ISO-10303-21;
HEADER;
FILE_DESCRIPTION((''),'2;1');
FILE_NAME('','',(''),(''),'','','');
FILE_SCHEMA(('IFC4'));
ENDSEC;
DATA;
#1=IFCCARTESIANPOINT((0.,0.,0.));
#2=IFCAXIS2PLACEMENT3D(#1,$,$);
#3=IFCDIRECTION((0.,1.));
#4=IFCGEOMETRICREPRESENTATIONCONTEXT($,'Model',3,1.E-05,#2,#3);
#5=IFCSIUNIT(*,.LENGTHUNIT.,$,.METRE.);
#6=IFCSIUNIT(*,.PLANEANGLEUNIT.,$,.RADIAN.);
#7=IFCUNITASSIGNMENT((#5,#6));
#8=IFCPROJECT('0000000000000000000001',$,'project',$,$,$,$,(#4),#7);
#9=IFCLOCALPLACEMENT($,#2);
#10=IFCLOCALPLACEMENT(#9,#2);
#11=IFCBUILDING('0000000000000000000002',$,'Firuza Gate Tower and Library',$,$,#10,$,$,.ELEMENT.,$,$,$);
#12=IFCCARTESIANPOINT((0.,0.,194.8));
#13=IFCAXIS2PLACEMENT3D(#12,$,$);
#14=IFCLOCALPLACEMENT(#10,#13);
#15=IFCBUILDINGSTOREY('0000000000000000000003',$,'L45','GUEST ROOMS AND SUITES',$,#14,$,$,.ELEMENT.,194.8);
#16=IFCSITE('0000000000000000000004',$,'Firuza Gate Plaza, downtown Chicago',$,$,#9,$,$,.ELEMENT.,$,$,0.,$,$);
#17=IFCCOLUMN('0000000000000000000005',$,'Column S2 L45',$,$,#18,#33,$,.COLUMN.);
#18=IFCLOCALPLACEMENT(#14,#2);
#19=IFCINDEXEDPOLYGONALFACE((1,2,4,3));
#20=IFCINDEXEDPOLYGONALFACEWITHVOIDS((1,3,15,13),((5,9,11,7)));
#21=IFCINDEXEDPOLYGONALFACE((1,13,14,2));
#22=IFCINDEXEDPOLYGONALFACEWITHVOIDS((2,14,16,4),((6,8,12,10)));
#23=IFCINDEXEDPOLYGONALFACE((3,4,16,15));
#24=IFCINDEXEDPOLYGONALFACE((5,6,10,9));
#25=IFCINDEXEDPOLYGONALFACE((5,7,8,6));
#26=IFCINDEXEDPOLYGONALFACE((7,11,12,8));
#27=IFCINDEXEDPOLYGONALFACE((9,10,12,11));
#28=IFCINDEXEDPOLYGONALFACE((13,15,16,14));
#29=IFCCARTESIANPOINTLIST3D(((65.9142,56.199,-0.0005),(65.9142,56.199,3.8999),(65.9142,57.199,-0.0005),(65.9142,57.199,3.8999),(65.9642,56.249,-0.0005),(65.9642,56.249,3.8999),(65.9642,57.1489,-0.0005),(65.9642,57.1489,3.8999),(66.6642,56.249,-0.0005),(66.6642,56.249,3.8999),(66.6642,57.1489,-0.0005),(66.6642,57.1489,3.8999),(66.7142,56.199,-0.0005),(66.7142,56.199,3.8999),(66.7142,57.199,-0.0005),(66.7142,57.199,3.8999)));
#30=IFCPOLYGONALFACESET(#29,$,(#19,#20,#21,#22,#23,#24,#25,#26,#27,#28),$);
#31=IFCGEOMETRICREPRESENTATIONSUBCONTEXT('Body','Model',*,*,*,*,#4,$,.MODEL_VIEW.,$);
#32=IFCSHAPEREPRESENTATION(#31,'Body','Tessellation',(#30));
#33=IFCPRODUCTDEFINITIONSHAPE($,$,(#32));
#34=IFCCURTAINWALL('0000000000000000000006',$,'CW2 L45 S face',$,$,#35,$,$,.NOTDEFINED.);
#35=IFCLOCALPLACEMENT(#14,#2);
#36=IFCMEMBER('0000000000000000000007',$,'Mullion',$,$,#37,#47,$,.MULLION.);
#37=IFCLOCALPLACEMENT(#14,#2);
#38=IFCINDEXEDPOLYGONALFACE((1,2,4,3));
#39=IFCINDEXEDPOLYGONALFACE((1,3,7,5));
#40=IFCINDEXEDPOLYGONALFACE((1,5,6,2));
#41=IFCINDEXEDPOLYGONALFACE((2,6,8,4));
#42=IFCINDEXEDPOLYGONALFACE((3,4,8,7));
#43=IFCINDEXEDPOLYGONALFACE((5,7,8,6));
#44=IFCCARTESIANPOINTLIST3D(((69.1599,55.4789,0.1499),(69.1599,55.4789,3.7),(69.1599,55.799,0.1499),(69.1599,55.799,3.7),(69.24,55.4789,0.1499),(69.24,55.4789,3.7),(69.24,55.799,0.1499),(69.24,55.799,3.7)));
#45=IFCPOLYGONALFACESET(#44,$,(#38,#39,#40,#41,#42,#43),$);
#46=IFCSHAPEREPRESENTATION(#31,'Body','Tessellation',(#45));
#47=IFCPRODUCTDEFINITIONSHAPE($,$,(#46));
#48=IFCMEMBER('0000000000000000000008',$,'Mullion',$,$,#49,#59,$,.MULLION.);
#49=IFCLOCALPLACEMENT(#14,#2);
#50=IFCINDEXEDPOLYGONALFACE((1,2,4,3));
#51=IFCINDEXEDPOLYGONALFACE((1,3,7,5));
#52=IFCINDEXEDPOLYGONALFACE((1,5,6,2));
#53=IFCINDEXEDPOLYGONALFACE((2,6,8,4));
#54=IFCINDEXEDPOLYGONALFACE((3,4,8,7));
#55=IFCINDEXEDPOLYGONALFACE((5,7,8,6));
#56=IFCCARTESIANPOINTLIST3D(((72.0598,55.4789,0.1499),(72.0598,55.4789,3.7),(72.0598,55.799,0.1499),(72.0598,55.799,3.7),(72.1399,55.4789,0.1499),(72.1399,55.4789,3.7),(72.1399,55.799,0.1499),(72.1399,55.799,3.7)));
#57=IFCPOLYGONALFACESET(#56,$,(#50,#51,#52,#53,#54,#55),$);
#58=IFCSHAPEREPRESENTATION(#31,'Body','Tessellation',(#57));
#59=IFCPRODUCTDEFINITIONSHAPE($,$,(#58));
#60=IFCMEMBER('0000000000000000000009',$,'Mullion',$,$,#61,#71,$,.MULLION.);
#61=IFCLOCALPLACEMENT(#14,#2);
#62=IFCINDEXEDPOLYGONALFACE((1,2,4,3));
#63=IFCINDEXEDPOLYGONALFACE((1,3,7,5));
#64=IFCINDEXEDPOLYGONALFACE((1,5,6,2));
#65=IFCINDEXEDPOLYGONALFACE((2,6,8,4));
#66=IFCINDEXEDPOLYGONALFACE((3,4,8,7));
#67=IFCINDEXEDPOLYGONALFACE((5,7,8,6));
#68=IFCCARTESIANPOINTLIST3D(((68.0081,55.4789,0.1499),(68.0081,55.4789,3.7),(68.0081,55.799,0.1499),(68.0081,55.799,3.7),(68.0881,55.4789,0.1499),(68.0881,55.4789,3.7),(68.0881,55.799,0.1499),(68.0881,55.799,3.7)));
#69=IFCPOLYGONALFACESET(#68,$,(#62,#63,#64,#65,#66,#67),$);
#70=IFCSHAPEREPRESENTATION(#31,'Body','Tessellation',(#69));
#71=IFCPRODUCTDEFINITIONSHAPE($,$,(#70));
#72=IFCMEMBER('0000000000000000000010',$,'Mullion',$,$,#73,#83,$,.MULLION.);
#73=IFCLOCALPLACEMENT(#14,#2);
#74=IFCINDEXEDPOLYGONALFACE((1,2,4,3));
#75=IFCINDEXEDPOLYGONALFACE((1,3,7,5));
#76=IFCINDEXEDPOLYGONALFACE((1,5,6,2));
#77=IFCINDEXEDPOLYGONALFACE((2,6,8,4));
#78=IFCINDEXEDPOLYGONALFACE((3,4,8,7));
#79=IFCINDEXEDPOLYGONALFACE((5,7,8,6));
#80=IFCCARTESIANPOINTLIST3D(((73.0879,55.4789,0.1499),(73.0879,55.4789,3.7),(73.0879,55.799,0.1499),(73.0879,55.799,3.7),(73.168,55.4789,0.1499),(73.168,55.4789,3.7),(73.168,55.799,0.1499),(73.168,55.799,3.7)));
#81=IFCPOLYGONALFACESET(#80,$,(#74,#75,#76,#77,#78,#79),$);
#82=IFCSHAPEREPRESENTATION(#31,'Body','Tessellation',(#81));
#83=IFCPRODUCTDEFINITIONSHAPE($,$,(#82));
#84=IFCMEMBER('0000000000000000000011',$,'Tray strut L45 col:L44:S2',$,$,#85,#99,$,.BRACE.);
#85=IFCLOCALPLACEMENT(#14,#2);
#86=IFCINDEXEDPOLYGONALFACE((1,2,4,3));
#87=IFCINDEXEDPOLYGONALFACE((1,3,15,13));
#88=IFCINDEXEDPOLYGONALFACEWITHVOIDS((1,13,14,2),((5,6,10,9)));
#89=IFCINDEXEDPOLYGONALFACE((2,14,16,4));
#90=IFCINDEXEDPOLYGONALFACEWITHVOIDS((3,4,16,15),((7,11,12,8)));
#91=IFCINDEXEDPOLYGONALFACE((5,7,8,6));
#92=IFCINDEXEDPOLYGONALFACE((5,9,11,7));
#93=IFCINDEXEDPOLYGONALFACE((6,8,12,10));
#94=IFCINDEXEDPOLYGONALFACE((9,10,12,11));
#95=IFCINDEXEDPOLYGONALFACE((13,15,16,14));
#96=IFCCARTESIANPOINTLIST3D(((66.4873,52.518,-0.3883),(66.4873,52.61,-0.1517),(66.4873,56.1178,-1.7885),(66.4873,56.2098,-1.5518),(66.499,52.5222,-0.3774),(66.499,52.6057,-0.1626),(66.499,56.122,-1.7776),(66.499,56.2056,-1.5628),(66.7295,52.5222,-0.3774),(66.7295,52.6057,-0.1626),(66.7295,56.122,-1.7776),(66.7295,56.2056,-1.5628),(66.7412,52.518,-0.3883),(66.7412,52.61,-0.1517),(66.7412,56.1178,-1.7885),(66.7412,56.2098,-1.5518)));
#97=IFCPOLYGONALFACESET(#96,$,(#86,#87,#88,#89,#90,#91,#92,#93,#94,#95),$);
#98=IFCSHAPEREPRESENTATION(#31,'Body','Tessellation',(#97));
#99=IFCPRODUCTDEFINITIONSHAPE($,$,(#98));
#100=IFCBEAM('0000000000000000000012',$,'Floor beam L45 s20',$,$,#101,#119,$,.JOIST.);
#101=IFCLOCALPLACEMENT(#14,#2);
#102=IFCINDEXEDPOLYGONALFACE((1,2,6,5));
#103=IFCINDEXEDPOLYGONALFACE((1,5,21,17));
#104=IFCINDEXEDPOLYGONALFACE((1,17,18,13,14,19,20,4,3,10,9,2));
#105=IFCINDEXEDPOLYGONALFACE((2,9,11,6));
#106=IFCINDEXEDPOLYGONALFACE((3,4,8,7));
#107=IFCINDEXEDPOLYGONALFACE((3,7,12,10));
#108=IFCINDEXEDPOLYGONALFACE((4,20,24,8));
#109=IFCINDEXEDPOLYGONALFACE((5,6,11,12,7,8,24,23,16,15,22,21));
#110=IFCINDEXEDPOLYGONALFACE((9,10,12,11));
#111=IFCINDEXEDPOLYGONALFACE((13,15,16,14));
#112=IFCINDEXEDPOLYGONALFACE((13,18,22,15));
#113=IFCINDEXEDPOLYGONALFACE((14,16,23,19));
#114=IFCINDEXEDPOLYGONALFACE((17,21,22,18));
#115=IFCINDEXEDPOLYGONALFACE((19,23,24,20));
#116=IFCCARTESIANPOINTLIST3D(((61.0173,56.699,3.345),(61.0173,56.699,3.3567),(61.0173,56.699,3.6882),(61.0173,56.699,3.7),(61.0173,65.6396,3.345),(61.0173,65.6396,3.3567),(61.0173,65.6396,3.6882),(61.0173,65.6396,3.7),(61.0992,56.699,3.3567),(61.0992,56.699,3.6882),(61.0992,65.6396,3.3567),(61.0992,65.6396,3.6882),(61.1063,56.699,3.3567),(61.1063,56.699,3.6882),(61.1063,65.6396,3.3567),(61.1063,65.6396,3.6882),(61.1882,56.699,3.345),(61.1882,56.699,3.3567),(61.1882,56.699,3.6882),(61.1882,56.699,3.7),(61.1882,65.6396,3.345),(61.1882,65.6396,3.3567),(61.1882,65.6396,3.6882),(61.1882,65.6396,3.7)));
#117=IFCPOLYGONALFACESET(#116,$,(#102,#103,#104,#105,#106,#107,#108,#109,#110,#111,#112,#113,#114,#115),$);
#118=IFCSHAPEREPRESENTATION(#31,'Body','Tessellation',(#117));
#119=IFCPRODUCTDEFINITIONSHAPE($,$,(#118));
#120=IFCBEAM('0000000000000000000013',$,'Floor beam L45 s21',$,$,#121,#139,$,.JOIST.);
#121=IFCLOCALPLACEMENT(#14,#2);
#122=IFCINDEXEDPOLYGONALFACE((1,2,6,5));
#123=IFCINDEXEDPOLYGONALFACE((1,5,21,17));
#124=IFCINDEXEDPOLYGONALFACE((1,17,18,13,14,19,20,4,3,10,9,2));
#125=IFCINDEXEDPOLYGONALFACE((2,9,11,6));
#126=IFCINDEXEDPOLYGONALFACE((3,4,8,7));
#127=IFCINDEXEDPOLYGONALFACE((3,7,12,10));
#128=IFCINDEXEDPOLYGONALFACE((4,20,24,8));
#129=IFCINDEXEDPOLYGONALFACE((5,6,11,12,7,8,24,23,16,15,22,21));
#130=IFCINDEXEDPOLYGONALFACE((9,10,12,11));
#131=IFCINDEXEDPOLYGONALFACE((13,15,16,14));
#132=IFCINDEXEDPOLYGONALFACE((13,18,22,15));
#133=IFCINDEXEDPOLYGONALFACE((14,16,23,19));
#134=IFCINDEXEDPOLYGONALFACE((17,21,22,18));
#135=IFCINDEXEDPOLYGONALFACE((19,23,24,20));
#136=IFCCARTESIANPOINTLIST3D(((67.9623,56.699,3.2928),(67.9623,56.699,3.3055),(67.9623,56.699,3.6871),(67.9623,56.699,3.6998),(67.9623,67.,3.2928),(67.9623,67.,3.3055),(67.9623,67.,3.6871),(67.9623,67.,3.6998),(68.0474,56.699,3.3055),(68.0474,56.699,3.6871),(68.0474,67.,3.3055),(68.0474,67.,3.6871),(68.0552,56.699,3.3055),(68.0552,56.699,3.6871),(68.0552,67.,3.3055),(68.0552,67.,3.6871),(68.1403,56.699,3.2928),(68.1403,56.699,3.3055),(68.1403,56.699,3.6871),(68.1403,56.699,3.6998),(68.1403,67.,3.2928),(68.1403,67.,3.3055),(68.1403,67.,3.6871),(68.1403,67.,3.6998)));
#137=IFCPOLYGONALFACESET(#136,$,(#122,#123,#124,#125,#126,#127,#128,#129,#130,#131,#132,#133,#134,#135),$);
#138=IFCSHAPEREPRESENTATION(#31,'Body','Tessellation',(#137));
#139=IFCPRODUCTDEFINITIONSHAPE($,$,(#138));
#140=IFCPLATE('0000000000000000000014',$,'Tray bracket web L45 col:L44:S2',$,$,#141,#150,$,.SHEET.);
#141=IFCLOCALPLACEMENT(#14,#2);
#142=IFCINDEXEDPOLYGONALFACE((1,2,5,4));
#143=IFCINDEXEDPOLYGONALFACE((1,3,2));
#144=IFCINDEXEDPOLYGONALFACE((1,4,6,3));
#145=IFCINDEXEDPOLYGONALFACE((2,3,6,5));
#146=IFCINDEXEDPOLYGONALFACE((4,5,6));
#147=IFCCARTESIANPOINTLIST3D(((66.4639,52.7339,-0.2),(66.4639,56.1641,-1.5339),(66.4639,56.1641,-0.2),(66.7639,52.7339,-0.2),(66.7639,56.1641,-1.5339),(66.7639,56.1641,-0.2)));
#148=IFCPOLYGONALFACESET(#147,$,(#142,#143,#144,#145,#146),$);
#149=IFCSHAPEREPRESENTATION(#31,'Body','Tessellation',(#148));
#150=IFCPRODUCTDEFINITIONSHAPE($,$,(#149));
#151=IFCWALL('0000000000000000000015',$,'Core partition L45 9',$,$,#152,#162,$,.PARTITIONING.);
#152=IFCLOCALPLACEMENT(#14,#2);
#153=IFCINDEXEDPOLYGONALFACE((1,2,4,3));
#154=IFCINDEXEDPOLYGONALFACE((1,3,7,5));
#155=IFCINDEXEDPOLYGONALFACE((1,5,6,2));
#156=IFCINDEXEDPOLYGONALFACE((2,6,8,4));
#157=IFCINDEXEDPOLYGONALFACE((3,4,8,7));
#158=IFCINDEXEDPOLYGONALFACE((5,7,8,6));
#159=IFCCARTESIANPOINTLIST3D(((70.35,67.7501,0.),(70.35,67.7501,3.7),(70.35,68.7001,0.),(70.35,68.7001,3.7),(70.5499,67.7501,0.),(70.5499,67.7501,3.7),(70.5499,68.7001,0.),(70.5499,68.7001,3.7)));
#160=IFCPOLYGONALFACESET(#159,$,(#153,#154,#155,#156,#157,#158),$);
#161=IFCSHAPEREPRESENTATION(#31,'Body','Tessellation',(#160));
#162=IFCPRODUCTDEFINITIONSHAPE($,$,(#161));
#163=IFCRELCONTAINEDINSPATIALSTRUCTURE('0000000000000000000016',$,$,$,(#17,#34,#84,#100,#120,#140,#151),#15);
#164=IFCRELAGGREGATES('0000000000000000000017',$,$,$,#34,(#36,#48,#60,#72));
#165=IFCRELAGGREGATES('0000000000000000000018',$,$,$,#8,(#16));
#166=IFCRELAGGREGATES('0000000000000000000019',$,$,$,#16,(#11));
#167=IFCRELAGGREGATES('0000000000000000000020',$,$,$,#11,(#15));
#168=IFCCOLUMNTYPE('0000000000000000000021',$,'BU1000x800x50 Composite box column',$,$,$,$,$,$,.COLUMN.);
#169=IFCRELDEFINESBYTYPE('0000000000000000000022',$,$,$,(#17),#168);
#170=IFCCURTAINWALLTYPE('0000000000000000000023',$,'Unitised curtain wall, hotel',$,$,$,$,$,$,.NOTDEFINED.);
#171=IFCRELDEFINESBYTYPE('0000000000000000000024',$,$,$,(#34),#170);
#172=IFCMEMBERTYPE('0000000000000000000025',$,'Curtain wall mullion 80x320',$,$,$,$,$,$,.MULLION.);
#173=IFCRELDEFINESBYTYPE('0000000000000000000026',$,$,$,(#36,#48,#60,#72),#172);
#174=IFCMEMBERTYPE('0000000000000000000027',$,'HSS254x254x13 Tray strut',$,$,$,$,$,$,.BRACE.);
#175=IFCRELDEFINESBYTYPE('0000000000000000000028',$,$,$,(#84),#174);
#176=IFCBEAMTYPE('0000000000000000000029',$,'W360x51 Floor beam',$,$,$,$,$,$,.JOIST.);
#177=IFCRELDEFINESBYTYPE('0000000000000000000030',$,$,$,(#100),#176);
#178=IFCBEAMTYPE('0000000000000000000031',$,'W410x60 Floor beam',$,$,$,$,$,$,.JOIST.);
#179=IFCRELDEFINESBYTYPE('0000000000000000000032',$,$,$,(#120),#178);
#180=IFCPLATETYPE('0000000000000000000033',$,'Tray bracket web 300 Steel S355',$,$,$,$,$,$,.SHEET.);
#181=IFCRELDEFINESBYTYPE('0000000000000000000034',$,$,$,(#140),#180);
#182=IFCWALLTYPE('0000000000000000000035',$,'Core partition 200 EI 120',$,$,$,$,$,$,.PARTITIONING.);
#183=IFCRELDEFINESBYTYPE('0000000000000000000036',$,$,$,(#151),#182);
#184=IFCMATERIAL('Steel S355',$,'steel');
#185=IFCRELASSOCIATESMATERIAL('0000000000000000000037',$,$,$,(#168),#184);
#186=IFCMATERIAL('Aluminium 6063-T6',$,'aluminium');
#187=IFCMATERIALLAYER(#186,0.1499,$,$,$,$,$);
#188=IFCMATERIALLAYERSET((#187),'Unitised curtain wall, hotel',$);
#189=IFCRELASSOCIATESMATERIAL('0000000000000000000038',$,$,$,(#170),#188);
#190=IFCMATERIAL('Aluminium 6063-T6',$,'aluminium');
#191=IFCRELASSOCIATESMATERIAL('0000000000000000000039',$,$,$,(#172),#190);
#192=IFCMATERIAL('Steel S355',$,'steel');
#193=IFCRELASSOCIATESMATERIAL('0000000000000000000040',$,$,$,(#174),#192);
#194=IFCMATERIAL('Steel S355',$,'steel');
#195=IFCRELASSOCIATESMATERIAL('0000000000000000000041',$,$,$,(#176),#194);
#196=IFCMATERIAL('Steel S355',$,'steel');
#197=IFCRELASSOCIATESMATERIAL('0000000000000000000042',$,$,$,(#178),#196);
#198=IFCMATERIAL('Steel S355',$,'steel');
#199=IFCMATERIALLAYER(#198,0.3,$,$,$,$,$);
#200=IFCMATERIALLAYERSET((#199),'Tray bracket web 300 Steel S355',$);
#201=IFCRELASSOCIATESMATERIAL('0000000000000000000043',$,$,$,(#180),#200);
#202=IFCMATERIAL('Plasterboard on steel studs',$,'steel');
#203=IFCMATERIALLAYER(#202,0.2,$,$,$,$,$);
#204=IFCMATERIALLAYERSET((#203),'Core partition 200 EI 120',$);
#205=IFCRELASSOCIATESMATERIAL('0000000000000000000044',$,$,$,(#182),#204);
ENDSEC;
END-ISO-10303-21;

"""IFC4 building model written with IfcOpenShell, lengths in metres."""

from ifc_helpers import new_model, si_unit, direction, frame, frame_2d, origin, origin_2d, place, context, subcontext, project, spatial, polyline, rectangle, hollow_rectangle, i_section, outline, extrude, material, layer, layer_set, material_profile, profile_set, type_object, element, aggregate, save


model = new_model("IFC4")

# Units and contexts
model_context = context("Model", 3, precision=1e-05, world=origin(), true_north=direction((0.0, 1.0)))
body_context = subcontext(model_context, "Body", "Model", "MODEL_VIEW")
ifc_project = project(units=[si_unit("LENGTHUNIT", "METRE"), si_unit("PLANEANGLEUNIT", "RADIAN")], contexts=[model_context])

# Site, building, storey
site_placement = place(None, origin())
site = spatial("IfcSite", under=ifc_project, at=site_placement, Name="Firuza Gate Plaza, downtown Chicago", CompositionType="ELEMENT", RefElevation=0.0)
building_placement = place(site_placement, origin())
building = spatial("IfcBuilding", under=site, at=building_placement, Name="Firuza Gate Tower and Library", CompositionType="ELEMENT")
storey_placement = place(building_placement, frame((0.0, 0.0, 194.8)))
storey = spatial("IfcBuildingStorey", under=building, at=storey_placement, Name="L45", Description="GUEST ROOMS AND SUITES", CompositionType="ELEMENT", Elevation=194.8)

# Column
ifc_material_1 = material(Name="Steel S355", Category="steel")
ifc_material_profile_1 = material_profile(ifc_material_1, hollow_rectangle(XDim=0.8, YDim=1.0, WallThickness=0.05, at=origin_2d()))
ifc_profile_set_1 = profile_set([ifc_material_profile_1], Name="Steel S355")
column_type = type_object("IfcColumnType", Name="BU1000x800x50 Composite box column", PredefinedType="COLUMN", material=ifc_profile_set_1)
column_placement = place(storey_placement, frame((66.3142, 56.699, -0.0005), z_axis=(0.0, 0.0, 1.0), x_axis=(1.0, 0.0, 0.0)))
element("IfcColumn", 1, at=column_placement, inside=storey, type_object=column_type, Name="Column S2 L45", PredefinedType="COLUMN", context=body_context, shape_type="SweptSolid", body=[
    extrude(hollow_rectangle(XDim=0.8, YDim=1.0, WallThickness=0.05, at=origin_2d()), origin(), (0.0, 0.0, 1.0), 3.9004),
])

# Curtain wall, members
ifc_material_2 = material(Name="Aluminium 6063-T6", Category="aluminium")
ifc_layer_1 = layer(ifc_material_2, 0.1499)
ifc_layer_set_1 = layer_set([ifc_layer_1], Name="Unitised curtain wall, hotel")
curtain_wall_type = type_object("IfcCurtainWallType", Name="Unitised curtain wall, hotel", PredefinedType="NOTDEFINED", material=ifc_layer_set_1)
curtain_wall_placement = place(storey_placement, origin())
curtain_wall = element("IfcCurtainWall", 2, at=curtain_wall_placement, inside=storey, type_object=curtain_wall_type, Name="CW2 L45 S face", PredefinedType="NOTDEFINED")
ifc_material_3 = material(Name="Aluminium 6063-T6", Category="aluminium")
ifc_material_profile_2 = material_profile(ifc_material_3, rectangle(XDim=0.3201, YDim=0.0801, at=origin_2d()))
ifc_profile_set_2 = profile_set([ifc_material_profile_2], Name="Aluminium 6063-T6")
member_type_1 = type_object("IfcMemberType", Name="Curtain wall mullion 80x320", PredefinedType="MULLION", material=ifc_profile_set_2)
member_1_placement = place(storey_placement, frame((69.2, 55.6389, 0.1499), z_axis=(0.0, 0.0, 1.0), x_axis=(0.0, 1.0, 0.0)))
member_1 = element("IfcMember", 3, at=member_1_placement, type_object=member_type_1, Name="Mullion", PredefinedType="MULLION", context=body_context, shape_type="SweptSolid", body=[
    extrude(rectangle(XDim=0.3201, YDim=0.0801, at=origin_2d()), origin(), (0.0, 0.0, 1.0), 3.55),
])
member_2_placement = place(storey_placement, frame((72.0999, 55.6389, 0.1499), z_axis=(0.0, 0.0, 1.0), x_axis=(0.0, 1.0, 0.0)))
member_2 = element("IfcMember", 4, at=member_2_placement, type_object=member_type_1, Name="Mullion", PredefinedType="MULLION", context=body_context, shape_type="SweptSolid", body=[
    extrude(rectangle(XDim=0.3201, YDim=0.0801, at=origin_2d()), origin(), (0.0, 0.0, 1.0), 3.55),
])
member_3_placement = place(storey_placement, frame((68.0481, 55.6389, 0.1499), z_axis=(0.0, 0.0, 1.0), x_axis=(0.0, 1.0, 0.0)))
member_3 = element("IfcMember", 5, at=member_3_placement, type_object=member_type_1, Name="Mullion", PredefinedType="MULLION", context=body_context, shape_type="SweptSolid", body=[
    extrude(rectangle(XDim=0.3201, YDim=0.0801, at=origin_2d()), origin(), (0.0, 0.0, 1.0), 3.55),
])
member_4_placement = place(storey_placement, frame((73.1279, 55.6389, 0.1499), z_axis=(0.0, 0.0, 1.0), x_axis=(0.0, 1.0, 0.0)))
member_4 = element("IfcMember", 6, at=member_4_placement, type_object=member_type_1, Name="Mullion", PredefinedType="MULLION", context=body_context, shape_type="SweptSolid", body=[
    extrude(rectangle(XDim=0.3201, YDim=0.0801, at=origin_2d()), origin(), (0.0, 0.0, 1.0), 3.55),
])
aggregate(curtain_wall, [member_1, member_2, member_3, member_4])

# Member
ifc_material_4 = material(Name="Steel S355", Category="steel")
ifc_material_profile_3 = material_profile(ifc_material_4, hollow_rectangle(XDim=0.2539, YDim=0.2539, WallThickness=0.0117, at=origin_2d()))
ifc_profile_set_3 = profile_set([ifc_material_profile_3], Name="Steel S355")
member_type_2 = type_object("IfcMemberType", Name="HSS254x254x13 Tray strut", PredefinedType="BRACE", material=ifc_profile_set_3)
member_5_placement = place(storey_placement, frame((66.6143, 56.1638, -1.6702), z_axis=(0.0, -0.931987, 0.362492), x_axis=(1.0, 0.0, 0.0)))
element("IfcMember", 7, at=member_5_placement, inside=storey, type_object=member_type_2, Name="Tray strut L45 col:L44:S2", PredefinedType="BRACE", context=body_context, shape_type="SweptSolid", body=[
    extrude(hollow_rectangle(XDim=0.2539, YDim=0.2539, WallThickness=0.0117, at=origin_2d()), origin(), (0.0, 0.0, 1.0), 3.8625),
])

# Beams
ifc_material_5 = material(Name="Steel S355", Category="steel")
ifc_material_profile_4 = material_profile(ifc_material_5, i_section(OverallWidth=0.1709, OverallDepth=0.355, WebThickness=0.0071, FlangeThickness=0.0117, at=origin_2d()))
ifc_profile_set_4 = profile_set([ifc_material_profile_4], Name="Steel S355")
beam_type_1 = type_object("IfcBeamType", Name="W360x51 Floor beam", PredefinedType="JOIST", material=ifc_profile_set_4)
beam_1_placement = place(storey_placement, frame((61.1028, 56.699, 3.5225), z_axis=(0.0, 1.0, 0.0), x_axis=(-1.0, 0.0, 0.0)))
element("IfcBeam", 8, at=beam_1_placement, inside=storey, type_object=beam_type_1, Name="Floor beam L45 s20", PredefinedType="JOIST", context=body_context, shape_type="SweptSolid", body=[
    extrude(i_section(OverallWidth=0.1709, OverallDepth=0.355, WebThickness=0.0071, FlangeThickness=0.0117, at=origin_2d()), origin(), (0.0, 0.0, 1.0), 8.9407),
])
ifc_material_6 = material(Name="Steel S355", Category="steel")
ifc_material_profile_5 = material_profile(ifc_material_6, i_section(OverallWidth=0.178, OverallDepth=0.407, WebThickness=0.0078, FlangeThickness=0.0127, at=origin_2d()))
ifc_profile_set_5 = profile_set([ifc_material_profile_5], Name="Steel S355")
beam_type_2 = type_object("IfcBeamType", Name="W410x60 Floor beam", PredefinedType="JOIST", material=ifc_profile_set_5)
beam_2_placement = place(storey_placement, frame((68.0513, 56.699, 3.4963), z_axis=(0.0, 1.0, 0.0), x_axis=(-1.0, 0.0, 0.0)))
element("IfcBeam", 9, at=beam_2_placement, inside=storey, type_object=beam_type_2, Name="Floor beam L45 s21", PredefinedType="JOIST", context=body_context, shape_type="SweptSolid", body=[
    extrude(i_section(OverallWidth=0.178, OverallDepth=0.407, WebThickness=0.0078, FlangeThickness=0.0127, at=origin_2d()), origin(), (0.0, 0.0, 1.0), 10.301),
])

# Plate
ifc_material_7 = material(Name="Steel S355", Category="steel")
ifc_layer_2 = layer(ifc_material_7, 0.3)
ifc_layer_set_2 = layer_set([ifc_layer_2], Name="Tray bracket web 300 Steel S355")
plate_type = type_object("IfcPlateType", Name="Tray bracket web 300 Steel S355", PredefinedType="SHEET", material=ifc_layer_set_2)
plate_placement = place(storey_placement, frame((66.7639, 56.1641, -0.2), z_axis=(1.0, 0.0, 0.0), x_axis=(0.0, -1.0, 0.0)))
element("IfcPlate", 10, at=plate_placement, inside=storey, type_object=plate_type, Name="Tray bracket web L45 col:L44:S2", PredefinedType="SHEET", context=body_context, shape_type="SweptSolid", body=[
    extrude(outline(polyline([(0.0, 0.0), (3.4302, 0.0), (0.0, 1.334), (0.0, 0.0)])), origin(), (0.0, 0.0, -1.0), 0.3),
])

# Wall
ifc_material_8 = material(Name="Plasterboard on steel studs", Category="steel")
ifc_layer_3 = layer(ifc_material_8, 0.2)
ifc_layer_set_3 = layer_set([ifc_layer_3], Name="Core partition 200 EI 120")
wall_type_1 = type_object("IfcWallType", Name="Core partition 200 EI 120", PredefinedType="PARTITIONING", material=ifc_layer_set_3)
wall_1_placement = place(storey_placement, frame((70.45, 67.75, 0.0), z_axis=(0.0, 0.0, 1.0), x_axis=(0.0, 1.0, 0.0)))
element("IfcWall", 11, at=wall_1_placement, inside=storey, type_object=wall_type_1, Name="Core partition L45 9", PredefinedType="PARTITIONING", context=body_context, shape_type="SweptSolid", body=[
    extrude(rectangle(XDim=0.95, YDim=0.2, at=frame_2d((0.4751, 0.0))), origin(), (0.0, 0.0, 1.0), 3.7),
])

save(model, "model.ifc")
